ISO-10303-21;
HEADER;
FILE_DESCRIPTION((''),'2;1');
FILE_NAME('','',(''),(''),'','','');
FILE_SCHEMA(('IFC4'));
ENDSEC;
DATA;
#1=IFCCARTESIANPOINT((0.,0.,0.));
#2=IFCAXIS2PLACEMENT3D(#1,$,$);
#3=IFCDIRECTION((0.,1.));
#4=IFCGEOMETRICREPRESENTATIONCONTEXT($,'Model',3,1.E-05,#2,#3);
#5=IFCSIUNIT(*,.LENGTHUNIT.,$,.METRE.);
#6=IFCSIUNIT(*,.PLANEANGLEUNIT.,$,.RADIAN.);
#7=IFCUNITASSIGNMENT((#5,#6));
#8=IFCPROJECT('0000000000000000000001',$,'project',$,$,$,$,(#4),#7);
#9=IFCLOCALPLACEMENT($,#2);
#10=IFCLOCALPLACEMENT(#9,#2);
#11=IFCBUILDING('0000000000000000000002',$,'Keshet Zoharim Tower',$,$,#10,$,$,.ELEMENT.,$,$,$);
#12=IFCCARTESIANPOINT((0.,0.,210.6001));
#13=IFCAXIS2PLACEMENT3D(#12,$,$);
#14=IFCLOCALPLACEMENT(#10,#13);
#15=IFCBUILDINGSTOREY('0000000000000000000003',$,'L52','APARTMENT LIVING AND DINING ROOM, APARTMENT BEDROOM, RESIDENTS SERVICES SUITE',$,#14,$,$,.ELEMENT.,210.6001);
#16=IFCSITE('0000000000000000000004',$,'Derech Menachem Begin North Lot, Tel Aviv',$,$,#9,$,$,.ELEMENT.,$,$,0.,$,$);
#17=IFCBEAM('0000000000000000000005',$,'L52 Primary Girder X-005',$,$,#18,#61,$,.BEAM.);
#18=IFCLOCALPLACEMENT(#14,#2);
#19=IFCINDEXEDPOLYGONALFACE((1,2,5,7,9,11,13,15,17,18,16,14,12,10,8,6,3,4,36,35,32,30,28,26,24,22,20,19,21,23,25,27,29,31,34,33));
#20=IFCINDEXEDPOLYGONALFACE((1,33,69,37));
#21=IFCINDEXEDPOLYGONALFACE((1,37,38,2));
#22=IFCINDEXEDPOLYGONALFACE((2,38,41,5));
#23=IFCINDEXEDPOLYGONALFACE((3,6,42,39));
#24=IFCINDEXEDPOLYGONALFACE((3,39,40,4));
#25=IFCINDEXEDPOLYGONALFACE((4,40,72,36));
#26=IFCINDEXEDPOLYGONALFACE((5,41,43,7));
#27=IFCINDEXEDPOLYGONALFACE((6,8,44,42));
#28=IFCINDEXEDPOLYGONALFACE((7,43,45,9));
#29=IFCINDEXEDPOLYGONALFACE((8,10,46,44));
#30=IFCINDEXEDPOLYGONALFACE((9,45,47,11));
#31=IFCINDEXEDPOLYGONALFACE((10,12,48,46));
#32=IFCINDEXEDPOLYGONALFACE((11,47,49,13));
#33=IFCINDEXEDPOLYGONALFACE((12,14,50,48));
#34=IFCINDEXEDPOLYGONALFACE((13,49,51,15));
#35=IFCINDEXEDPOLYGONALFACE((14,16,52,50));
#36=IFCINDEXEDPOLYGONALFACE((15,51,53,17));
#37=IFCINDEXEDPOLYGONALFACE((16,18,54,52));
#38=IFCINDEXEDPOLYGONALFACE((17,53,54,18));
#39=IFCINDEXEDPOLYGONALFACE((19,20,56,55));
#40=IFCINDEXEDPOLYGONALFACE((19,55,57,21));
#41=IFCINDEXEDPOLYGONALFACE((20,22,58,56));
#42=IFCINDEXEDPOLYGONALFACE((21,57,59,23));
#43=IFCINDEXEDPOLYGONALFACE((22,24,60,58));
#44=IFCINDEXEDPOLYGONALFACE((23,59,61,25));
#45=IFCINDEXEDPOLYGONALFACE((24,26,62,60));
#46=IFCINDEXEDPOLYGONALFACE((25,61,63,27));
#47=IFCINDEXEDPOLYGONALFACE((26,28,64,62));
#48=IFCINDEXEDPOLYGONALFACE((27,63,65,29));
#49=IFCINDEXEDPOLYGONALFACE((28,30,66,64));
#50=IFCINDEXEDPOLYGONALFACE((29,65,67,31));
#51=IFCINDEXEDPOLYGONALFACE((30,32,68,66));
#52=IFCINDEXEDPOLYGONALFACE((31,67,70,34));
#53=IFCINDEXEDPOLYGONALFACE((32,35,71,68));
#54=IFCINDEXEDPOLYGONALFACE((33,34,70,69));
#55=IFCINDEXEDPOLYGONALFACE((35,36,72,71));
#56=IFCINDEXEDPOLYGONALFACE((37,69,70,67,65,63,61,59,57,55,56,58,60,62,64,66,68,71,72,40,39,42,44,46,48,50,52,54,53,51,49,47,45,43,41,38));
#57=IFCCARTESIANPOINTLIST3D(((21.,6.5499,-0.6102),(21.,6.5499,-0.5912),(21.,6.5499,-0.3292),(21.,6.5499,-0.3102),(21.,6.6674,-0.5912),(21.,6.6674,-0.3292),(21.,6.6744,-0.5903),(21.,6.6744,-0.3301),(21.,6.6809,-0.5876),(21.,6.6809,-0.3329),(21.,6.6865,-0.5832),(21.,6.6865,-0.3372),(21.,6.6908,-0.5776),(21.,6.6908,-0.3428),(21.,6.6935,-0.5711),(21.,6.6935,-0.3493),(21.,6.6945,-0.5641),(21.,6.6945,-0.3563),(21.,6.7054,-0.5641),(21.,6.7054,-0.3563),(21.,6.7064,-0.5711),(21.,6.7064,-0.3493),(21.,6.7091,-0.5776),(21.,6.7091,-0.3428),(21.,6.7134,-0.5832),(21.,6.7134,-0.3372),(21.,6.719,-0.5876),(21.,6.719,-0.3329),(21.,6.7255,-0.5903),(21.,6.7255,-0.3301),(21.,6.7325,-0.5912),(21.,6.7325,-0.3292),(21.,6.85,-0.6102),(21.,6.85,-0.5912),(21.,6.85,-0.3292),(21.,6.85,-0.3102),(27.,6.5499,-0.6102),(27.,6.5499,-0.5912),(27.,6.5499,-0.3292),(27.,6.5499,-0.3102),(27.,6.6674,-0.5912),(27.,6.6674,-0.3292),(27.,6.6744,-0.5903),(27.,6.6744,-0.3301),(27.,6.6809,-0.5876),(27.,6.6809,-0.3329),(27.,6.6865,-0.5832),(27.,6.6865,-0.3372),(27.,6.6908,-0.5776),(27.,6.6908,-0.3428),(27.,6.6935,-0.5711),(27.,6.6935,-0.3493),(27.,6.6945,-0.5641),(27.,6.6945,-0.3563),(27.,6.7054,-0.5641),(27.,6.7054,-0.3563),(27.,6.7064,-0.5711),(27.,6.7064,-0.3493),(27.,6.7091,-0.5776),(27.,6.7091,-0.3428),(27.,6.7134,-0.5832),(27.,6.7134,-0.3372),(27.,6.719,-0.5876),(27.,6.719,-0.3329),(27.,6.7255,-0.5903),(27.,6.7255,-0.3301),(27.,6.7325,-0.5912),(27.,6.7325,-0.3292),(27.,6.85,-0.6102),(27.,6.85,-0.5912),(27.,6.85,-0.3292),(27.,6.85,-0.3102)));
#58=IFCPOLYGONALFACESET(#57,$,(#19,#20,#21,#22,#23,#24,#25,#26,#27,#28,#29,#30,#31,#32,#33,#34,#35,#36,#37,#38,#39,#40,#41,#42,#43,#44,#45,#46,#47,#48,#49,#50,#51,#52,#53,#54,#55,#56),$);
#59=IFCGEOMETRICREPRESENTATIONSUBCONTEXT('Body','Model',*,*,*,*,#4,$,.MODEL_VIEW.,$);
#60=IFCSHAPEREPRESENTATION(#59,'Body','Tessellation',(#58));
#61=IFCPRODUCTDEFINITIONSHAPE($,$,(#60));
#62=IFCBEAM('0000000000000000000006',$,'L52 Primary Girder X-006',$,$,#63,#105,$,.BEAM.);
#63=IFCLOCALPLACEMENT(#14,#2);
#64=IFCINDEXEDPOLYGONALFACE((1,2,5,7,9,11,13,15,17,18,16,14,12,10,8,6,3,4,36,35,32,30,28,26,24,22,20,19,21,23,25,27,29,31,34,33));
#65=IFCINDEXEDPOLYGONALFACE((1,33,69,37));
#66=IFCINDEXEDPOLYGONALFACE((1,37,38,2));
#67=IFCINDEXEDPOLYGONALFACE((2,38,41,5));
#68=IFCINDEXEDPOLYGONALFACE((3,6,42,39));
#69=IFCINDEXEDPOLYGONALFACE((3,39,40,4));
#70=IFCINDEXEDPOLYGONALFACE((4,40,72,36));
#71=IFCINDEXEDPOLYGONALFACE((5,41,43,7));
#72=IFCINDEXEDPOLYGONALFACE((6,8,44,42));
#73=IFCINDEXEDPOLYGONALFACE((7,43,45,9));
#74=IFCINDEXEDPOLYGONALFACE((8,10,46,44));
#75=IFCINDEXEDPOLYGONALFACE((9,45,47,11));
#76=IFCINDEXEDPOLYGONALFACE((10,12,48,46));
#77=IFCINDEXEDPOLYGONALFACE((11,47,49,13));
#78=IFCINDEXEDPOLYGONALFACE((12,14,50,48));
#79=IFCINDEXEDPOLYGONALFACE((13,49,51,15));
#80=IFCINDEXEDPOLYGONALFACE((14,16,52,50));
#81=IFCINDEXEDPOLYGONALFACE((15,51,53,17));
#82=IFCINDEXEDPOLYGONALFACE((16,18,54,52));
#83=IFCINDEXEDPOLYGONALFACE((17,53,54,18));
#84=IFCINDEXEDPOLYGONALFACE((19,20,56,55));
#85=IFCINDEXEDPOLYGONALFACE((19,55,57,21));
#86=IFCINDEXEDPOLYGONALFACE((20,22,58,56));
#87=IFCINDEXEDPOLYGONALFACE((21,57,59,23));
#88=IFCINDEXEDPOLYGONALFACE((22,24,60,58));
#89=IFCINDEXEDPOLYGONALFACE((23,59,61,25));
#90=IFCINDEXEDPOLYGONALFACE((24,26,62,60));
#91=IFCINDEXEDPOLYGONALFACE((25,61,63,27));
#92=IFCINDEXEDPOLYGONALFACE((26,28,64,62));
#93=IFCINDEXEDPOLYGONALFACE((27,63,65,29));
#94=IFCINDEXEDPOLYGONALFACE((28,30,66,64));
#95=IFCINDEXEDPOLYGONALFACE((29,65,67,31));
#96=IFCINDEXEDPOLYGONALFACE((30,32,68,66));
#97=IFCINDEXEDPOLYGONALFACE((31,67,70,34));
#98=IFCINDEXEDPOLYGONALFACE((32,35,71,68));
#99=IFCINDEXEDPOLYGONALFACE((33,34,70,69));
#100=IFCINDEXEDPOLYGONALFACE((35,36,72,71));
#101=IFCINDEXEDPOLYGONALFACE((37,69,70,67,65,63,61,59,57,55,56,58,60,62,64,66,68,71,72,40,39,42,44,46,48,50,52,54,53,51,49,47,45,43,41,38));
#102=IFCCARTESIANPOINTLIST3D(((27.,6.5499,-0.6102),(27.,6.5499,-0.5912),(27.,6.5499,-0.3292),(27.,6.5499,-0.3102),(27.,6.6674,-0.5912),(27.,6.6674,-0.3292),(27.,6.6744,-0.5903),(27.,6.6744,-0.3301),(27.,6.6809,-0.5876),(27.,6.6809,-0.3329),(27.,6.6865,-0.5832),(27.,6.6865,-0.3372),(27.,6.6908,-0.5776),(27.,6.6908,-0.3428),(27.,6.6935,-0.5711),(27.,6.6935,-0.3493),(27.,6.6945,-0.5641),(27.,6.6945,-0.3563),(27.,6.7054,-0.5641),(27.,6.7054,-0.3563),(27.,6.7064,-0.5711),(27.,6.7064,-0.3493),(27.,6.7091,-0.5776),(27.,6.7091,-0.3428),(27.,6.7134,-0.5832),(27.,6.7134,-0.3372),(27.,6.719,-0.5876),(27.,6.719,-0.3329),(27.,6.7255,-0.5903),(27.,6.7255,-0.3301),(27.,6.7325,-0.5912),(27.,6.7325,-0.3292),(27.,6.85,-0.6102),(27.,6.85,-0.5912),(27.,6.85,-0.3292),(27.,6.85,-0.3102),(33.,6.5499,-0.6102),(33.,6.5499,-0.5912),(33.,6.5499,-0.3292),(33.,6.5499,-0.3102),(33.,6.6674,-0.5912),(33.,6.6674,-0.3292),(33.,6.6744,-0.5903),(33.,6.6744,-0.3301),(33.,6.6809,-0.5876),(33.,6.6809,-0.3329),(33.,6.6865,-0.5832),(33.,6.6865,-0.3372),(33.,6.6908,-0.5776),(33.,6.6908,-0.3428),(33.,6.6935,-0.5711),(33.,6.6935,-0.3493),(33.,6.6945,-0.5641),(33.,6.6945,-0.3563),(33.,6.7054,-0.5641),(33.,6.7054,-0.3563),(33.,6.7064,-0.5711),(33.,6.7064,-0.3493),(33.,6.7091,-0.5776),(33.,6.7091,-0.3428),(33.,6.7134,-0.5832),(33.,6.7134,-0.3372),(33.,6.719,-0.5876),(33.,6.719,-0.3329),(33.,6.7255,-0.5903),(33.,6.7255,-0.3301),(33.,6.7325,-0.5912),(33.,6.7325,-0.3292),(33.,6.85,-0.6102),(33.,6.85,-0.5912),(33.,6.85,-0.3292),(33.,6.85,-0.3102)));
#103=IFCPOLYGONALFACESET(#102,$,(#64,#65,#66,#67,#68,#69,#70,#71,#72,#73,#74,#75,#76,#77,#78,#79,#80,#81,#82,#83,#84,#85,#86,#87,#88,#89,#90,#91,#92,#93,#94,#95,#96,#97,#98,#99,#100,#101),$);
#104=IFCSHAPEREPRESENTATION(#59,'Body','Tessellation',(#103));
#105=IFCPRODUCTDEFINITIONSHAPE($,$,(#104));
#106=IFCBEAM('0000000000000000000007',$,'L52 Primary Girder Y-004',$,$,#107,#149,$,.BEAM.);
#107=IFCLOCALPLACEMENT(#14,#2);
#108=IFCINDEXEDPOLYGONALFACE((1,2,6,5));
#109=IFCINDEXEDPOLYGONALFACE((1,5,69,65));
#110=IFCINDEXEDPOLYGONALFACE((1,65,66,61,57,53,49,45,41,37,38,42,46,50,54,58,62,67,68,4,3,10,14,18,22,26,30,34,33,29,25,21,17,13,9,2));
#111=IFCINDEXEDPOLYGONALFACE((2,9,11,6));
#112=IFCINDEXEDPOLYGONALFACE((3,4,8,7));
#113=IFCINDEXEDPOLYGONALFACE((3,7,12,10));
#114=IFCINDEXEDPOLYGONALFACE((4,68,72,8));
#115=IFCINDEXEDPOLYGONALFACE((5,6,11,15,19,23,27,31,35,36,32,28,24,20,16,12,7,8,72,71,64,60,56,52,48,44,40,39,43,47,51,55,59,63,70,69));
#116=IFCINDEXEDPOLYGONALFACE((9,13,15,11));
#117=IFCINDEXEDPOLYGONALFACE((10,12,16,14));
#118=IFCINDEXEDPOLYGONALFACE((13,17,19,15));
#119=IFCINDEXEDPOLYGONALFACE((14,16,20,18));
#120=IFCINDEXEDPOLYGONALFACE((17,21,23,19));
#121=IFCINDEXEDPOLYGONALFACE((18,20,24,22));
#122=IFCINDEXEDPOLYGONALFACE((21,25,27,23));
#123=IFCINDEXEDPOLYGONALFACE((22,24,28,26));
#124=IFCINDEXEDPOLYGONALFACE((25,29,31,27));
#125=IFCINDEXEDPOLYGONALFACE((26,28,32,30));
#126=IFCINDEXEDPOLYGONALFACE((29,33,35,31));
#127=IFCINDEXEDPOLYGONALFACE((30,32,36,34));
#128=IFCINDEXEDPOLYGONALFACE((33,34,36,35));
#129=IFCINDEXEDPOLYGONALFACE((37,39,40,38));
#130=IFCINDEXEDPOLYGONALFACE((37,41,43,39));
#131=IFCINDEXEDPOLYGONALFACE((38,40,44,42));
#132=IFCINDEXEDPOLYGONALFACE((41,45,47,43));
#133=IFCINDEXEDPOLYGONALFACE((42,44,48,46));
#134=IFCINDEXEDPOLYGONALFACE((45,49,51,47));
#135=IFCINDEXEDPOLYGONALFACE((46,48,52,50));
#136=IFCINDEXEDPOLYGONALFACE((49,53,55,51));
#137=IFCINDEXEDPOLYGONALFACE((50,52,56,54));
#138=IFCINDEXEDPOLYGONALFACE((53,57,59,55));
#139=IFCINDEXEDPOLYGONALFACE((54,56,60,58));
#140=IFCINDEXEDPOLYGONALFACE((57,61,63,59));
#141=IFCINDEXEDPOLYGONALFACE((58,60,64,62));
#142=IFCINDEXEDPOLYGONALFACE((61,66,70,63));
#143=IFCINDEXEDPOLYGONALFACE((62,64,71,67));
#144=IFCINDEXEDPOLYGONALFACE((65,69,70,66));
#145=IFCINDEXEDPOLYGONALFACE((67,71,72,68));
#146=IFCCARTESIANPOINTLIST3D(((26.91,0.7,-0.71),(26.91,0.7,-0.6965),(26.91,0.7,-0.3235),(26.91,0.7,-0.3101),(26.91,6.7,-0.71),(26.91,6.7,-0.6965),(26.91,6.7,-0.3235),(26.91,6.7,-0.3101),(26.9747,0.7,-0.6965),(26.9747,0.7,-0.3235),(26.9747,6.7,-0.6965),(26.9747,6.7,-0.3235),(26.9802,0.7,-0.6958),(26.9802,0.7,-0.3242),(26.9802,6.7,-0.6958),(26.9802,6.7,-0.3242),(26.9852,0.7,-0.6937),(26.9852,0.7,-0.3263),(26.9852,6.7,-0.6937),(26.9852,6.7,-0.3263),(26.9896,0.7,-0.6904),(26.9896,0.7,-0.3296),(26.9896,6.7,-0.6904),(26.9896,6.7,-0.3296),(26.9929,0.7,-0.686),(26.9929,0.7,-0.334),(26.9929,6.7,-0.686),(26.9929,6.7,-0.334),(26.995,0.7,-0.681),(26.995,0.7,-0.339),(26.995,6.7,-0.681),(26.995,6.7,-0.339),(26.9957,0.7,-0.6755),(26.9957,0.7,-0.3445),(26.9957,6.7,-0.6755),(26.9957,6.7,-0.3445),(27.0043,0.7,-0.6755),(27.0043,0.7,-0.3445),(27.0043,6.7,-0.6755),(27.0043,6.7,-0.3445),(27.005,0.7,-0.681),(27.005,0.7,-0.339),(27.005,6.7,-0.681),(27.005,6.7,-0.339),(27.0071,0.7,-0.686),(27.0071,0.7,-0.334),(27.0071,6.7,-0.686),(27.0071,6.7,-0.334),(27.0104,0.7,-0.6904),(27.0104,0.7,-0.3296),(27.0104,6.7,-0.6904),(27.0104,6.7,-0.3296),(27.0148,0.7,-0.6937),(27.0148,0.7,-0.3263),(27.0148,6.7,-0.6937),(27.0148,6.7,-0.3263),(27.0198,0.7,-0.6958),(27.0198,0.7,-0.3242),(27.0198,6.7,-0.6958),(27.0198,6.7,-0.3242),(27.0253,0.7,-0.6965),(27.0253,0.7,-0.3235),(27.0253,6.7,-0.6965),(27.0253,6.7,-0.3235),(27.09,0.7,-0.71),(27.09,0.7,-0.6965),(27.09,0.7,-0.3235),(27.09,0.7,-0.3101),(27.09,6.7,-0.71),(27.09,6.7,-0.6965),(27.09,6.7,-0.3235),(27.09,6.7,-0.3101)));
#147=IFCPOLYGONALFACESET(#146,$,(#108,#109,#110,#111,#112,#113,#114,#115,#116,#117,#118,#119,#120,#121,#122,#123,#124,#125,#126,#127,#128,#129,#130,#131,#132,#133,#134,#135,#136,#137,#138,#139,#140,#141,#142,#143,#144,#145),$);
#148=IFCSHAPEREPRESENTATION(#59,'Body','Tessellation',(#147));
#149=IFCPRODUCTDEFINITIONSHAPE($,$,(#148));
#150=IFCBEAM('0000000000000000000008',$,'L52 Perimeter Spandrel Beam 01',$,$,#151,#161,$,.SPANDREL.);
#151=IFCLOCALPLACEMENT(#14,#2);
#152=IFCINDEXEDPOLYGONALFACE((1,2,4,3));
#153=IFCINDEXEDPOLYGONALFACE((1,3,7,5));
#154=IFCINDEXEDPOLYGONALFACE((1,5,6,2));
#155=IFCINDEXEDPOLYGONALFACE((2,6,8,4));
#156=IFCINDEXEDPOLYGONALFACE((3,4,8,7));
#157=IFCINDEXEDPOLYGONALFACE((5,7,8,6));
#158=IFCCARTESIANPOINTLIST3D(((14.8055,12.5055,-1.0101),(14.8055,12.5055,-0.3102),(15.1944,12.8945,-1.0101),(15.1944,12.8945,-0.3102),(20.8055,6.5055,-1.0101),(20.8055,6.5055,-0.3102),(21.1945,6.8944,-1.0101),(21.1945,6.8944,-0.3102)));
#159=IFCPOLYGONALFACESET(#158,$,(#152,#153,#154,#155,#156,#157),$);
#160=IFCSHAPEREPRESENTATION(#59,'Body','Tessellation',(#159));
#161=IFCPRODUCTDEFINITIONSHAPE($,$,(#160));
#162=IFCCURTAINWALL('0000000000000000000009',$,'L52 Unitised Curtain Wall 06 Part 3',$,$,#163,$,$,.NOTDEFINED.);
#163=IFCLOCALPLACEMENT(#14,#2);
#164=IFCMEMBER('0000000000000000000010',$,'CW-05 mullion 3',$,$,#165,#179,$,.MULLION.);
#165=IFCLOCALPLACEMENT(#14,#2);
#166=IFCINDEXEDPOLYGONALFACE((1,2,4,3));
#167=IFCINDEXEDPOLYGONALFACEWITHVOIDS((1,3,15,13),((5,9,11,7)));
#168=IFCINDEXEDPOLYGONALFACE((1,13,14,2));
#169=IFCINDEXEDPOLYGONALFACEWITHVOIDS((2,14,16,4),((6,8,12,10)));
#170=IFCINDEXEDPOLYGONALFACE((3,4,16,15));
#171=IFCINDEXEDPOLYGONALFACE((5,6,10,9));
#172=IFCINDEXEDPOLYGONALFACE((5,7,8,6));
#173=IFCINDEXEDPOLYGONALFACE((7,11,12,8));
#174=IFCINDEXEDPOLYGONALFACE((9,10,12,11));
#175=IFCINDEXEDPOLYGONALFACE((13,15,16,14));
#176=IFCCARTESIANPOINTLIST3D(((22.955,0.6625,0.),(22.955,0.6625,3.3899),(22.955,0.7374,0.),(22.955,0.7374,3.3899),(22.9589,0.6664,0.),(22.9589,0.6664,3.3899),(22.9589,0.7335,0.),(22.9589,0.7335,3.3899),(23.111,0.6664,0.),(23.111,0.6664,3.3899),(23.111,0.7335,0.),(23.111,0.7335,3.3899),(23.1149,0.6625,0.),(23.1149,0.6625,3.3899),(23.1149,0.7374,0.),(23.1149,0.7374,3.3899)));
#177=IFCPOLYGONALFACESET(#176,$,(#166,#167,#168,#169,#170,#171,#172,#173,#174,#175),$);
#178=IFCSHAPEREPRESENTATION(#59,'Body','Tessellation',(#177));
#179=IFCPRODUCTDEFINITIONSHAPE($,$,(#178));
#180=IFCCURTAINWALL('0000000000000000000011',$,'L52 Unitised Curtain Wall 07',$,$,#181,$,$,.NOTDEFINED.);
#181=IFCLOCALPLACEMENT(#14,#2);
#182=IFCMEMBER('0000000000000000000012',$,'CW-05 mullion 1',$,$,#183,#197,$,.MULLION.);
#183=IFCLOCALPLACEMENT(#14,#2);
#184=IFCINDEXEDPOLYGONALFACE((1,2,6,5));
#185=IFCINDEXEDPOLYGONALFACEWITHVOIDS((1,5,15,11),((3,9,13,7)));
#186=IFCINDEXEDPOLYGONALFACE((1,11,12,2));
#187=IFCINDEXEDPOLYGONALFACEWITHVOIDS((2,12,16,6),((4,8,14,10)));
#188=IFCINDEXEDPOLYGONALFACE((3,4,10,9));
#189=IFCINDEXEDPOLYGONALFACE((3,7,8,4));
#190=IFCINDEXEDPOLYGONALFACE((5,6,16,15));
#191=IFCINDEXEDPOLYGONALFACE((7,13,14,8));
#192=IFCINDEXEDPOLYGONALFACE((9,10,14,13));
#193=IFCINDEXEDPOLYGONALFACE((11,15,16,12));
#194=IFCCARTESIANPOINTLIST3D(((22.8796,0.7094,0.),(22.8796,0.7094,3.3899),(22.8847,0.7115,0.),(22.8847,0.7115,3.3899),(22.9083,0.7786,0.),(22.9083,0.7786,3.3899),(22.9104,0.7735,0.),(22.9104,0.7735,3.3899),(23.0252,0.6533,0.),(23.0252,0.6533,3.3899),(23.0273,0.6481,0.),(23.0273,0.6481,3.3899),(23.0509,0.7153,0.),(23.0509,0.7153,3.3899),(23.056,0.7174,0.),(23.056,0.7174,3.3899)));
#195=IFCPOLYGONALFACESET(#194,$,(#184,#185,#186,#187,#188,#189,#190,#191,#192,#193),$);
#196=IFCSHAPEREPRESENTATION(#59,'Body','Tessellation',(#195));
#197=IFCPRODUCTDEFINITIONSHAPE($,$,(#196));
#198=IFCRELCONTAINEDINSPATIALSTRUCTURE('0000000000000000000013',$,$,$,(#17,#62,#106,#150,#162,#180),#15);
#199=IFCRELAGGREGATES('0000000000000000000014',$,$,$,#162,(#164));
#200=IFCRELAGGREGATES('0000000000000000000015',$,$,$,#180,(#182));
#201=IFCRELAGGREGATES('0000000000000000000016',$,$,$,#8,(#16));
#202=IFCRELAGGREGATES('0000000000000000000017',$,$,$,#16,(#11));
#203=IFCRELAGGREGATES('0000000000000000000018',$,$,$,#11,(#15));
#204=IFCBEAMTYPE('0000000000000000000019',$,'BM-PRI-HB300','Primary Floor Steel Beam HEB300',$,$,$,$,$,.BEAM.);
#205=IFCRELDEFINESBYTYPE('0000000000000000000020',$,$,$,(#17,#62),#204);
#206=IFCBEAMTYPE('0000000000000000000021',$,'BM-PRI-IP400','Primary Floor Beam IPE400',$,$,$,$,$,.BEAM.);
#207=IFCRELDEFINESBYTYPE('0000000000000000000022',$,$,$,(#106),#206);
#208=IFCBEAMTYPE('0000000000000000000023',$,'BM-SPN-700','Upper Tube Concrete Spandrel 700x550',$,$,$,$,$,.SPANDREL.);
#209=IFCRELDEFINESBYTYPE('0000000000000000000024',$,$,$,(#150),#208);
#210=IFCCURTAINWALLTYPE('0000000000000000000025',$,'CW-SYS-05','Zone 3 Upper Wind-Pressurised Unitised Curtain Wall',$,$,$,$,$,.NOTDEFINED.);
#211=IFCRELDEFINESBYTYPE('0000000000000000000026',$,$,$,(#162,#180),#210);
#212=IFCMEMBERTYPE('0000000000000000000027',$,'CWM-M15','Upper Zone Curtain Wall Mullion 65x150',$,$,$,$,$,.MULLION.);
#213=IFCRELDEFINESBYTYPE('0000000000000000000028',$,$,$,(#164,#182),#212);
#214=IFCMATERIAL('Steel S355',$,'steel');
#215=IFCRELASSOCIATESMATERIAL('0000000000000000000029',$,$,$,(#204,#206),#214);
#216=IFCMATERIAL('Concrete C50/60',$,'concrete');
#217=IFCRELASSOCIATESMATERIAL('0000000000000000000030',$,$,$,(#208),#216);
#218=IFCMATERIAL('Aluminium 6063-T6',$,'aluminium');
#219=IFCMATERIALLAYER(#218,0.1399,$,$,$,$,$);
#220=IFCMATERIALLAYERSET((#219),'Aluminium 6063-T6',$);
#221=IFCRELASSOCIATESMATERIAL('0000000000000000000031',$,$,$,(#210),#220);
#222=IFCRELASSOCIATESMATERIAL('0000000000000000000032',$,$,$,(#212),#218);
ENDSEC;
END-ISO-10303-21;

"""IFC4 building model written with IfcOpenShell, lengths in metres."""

from ifc_helpers import new_model, si_unit, direction, frame, origin, origin_2d, place, context, subcontext, project, spatial, rectangle, hollow_rectangle, i_section, extrude, material, layer, layer_set, material_profile, profile_set, type_object, element, aggregate, save


model = new_model("IFC4")

# Units and contexts
model_context = context("Model", 3, precision=1e-05, world=origin(), true_north=direction((0.0, 1.0)))
body_context = subcontext(model_context, "Body", "Model", "MODEL_VIEW")
ifc_project = project(units=[si_unit("LENGTHUNIT", "METRE"), si_unit("PLANEANGLEUNIT", "RADIAN")], contexts=[model_context])

# Site, building, storey
site_placement = place(None, origin())
site = spatial("IfcSite", under=ifc_project, at=site_placement, Name="Derech Menachem Begin North Lot, Tel Aviv", CompositionType="ELEMENT", RefElevation=0.0)
building_placement = place(site_placement, origin())
building = spatial("IfcBuilding", under=site, at=building_placement, Name="Keshet Zoharim Tower", CompositionType="ELEMENT")
storey_placement = place(building_placement, frame((0.0, 0.0, 210.6001)))
storey = spatial("IfcBuildingStorey", under=building, at=storey_placement, Name="L52", Description="APARTMENT LIVING AND DINING ROOM, APARTMENT BEDROOM, RESIDENTS SERVICES SUITE", CompositionType="ELEMENT", Elevation=210.6001)

# Shared definitions
ifc_material_1 = material(Name="Steel S355", Category="steel")
ifc_material_2 = material(Name="Concrete C50/60", Category="concrete")

# Beams
ifc_material_profile_1 = material_profile(ifc_material_1, i_section(OverallWidth=0.3, OverallDepth=0.3, WebThickness=0.011, FlangeThickness=0.019, FilletRadius=0.0271, at=origin_2d()), Name="HEB300")
ifc_profile_set_1 = profile_set([ifc_material_profile_1], Name="Steel S355")
beam_type_1 = type_object("IfcBeamType", Name="BM-PRI-HB300", Description="Primary Floor Steel Beam HEB300", PredefinedType="BEAM", material=ifc_profile_set_1)
for number, where, z_axis, x_axis, name in (
    (1, (21.0, 6.7, -0.4602), (1.0, 0.0, 0.0), (0.0, 1.0, 0.0), "L52 Primary Girder X-005"),
    (2, (27.0, 6.7, -0.4602), (1.0, 0.0, 0.0), (0.0, 1.0, 0.0), "L52 Primary Girder X-006"),
):
    element("IfcBeam", number, at=place(storey_placement, frame(where, z_axis=z_axis, x_axis=x_axis)), inside=storey, type_object=beam_type_1, Name=name, PredefinedType="BEAM", context=body_context, shape_type="SweptSolid", body=[
        extrude(i_section(OverallWidth=0.3, OverallDepth=0.3, WebThickness=0.011, FlangeThickness=0.019, FilletRadius=0.0271, at=origin_2d()), origin(), (0.0, 0.0, 1.0), 6.0),
    ])
ifc_material_profile_2 = material_profile(ifc_material_1, i_section(OverallWidth=0.1799, OverallDepth=0.3999, WebThickness=0.0085, FlangeThickness=0.0134, FilletRadius=0.021, at=origin_2d()), Name="IPE400")
ifc_profile_set_2 = profile_set([ifc_material_profile_2], Name="Steel S355")
beam_type_2 = type_object("IfcBeamType", Name="BM-PRI-IP400", Description="Primary Floor Beam IPE400", PredefinedType="BEAM", material=ifc_profile_set_2)
beam_1_placement = place(storey_placement, frame((27.0, 0.7, -0.51), z_axis=(0.0, 1.0, 0.0), x_axis=(-1.0, 0.0, 0.0)))
element("IfcBeam", 3, at=beam_1_placement, inside=storey, type_object=beam_type_2, Name="L52 Primary Girder Y-004", PredefinedType="BEAM", context=body_context, shape_type="SweptSolid", body=[
    extrude(i_section(OverallWidth=0.1799, OverallDepth=0.3999, WebThickness=0.0085, FlangeThickness=0.0134, FilletRadius=0.021, at=origin_2d()), origin(), (0.0, 0.0, 1.0), 6.0),
])
ifc_material_profile_3 = material_profile(ifc_material_2, rectangle(XDim=0.55, YDim=0.7, at=origin_2d()), Name="RC700x550")
ifc_profile_set_3 = profile_set([ifc_material_profile_3], Name="Concrete C50/60")
beam_type_3 = type_object("IfcBeamType", Name="BM-SPN-700", Description="Upper Tube Concrete Spandrel 700x550", PredefinedType="SPANDREL", material=ifc_profile_set_3)
beam_2_placement = place(storey_placement, frame((21.0, 6.7, -0.6602), z_axis=(-0.707107, 0.707107, 0.0), x_axis=(-0.707107, -0.707107, 0.0)))
element("IfcBeam", 4, at=beam_2_placement, inside=storey, type_object=beam_type_3, Name="L52 Perimeter Spandrel Beam 01", PredefinedType="SPANDREL", context=body_context, shape_type="SweptSolid", body=[
    extrude(rectangle(XDim=0.55, YDim=0.7, at=origin_2d()), origin(), (0.0, 0.0, 1.0), 8.4854),
])

# Curtain wall, member
ifc_material_3 = material(Name="Aluminium 6063-T6", Category="aluminium")
ifc_layer_1 = layer(ifc_material_3, 0.1399)
ifc_layer_set_1 = layer_set([ifc_layer_1], Name="Aluminium 6063-T6")
curtain_wall_type = type_object("IfcCurtainWallType", Name="CW-SYS-05", Description="Zone 3 Upper Wind-Pressurised Unitised Curtain Wall", PredefinedType="NOTDEFINED", material=ifc_layer_set_1)
curtain_wall_1_placement = place(storey_placement, origin())
curtain_wall_1 = element("IfcCurtainWall", 5, at=curtain_wall_1_placement, inside=storey, type_object=curtain_wall_type, Name="L52 Unitised Curtain Wall 06 Part 3", PredefinedType="NOTDEFINED")
ifc_material_profile_4 = material_profile(ifc_material_3, hollow_rectangle(XDim=0.075, YDim=0.1599, WallThickness=0.0039, at=origin_2d()), Name="MUL-75x160")
ifc_profile_set_4 = profile_set([ifc_material_profile_4], Name="Aluminium 6063-T6")
member_type_1 = type_object("IfcMemberType", Name="CWM-M15", Description="Upper Zone Curtain Wall Mullion 65x150", PredefinedType="MULLION", material=ifc_profile_set_4)
member_1_placement = place(storey_placement, frame((23.0349, 0.7, 0.0), z_axis=(0.0, 0.0, 1.0), x_axis=(0.0, -1.0, 0.0)))
member_1 = element("IfcMember", 6, at=member_1_placement, type_object=member_type_1, Name="CW-05 mullion 3", PredefinedType="MULLION", context=body_context, shape_type="SweptSolid", body=[
    extrude(hollow_rectangle(XDim=0.075, YDim=0.1599, WallThickness=0.0039, at=origin_2d()), origin(), (0.0, 0.0, 1.0), 3.3899),
])
aggregate(curtain_wall_1, [member_1])

# Curtain wall, member
curtain_wall_2_placement = place(storey_placement, origin())
curtain_wall_2 = element("IfcCurtainWall", 7, at=curtain_wall_2_placement, inside=storey, type_object=curtain_wall_type, Name="L52 Unitised Curtain Wall 07", PredefinedType="NOTDEFINED")
member_2_placement = place(storey_placement, frame((22.9678, 0.7134, 0.0), z_axis=(0.0, 0.0, 1.0), x_axis=(-0.382852, -0.92381, 0.0)))
member_2 = element("IfcMember", 8, at=member_2_placement, type_object=member_type_1, Name="CW-05 mullion 1", PredefinedType="MULLION", context=body_context, shape_type="SweptSolid", body=[
    extrude(hollow_rectangle(XDim=0.075, YDim=0.1599, WallThickness=0.0039, at=origin_2d()), origin(), (0.0, 0.0, 1.0), 3.3899),
])

aggregate(curtain_wall_2, [member_2])

save(model, "model.ifc")
